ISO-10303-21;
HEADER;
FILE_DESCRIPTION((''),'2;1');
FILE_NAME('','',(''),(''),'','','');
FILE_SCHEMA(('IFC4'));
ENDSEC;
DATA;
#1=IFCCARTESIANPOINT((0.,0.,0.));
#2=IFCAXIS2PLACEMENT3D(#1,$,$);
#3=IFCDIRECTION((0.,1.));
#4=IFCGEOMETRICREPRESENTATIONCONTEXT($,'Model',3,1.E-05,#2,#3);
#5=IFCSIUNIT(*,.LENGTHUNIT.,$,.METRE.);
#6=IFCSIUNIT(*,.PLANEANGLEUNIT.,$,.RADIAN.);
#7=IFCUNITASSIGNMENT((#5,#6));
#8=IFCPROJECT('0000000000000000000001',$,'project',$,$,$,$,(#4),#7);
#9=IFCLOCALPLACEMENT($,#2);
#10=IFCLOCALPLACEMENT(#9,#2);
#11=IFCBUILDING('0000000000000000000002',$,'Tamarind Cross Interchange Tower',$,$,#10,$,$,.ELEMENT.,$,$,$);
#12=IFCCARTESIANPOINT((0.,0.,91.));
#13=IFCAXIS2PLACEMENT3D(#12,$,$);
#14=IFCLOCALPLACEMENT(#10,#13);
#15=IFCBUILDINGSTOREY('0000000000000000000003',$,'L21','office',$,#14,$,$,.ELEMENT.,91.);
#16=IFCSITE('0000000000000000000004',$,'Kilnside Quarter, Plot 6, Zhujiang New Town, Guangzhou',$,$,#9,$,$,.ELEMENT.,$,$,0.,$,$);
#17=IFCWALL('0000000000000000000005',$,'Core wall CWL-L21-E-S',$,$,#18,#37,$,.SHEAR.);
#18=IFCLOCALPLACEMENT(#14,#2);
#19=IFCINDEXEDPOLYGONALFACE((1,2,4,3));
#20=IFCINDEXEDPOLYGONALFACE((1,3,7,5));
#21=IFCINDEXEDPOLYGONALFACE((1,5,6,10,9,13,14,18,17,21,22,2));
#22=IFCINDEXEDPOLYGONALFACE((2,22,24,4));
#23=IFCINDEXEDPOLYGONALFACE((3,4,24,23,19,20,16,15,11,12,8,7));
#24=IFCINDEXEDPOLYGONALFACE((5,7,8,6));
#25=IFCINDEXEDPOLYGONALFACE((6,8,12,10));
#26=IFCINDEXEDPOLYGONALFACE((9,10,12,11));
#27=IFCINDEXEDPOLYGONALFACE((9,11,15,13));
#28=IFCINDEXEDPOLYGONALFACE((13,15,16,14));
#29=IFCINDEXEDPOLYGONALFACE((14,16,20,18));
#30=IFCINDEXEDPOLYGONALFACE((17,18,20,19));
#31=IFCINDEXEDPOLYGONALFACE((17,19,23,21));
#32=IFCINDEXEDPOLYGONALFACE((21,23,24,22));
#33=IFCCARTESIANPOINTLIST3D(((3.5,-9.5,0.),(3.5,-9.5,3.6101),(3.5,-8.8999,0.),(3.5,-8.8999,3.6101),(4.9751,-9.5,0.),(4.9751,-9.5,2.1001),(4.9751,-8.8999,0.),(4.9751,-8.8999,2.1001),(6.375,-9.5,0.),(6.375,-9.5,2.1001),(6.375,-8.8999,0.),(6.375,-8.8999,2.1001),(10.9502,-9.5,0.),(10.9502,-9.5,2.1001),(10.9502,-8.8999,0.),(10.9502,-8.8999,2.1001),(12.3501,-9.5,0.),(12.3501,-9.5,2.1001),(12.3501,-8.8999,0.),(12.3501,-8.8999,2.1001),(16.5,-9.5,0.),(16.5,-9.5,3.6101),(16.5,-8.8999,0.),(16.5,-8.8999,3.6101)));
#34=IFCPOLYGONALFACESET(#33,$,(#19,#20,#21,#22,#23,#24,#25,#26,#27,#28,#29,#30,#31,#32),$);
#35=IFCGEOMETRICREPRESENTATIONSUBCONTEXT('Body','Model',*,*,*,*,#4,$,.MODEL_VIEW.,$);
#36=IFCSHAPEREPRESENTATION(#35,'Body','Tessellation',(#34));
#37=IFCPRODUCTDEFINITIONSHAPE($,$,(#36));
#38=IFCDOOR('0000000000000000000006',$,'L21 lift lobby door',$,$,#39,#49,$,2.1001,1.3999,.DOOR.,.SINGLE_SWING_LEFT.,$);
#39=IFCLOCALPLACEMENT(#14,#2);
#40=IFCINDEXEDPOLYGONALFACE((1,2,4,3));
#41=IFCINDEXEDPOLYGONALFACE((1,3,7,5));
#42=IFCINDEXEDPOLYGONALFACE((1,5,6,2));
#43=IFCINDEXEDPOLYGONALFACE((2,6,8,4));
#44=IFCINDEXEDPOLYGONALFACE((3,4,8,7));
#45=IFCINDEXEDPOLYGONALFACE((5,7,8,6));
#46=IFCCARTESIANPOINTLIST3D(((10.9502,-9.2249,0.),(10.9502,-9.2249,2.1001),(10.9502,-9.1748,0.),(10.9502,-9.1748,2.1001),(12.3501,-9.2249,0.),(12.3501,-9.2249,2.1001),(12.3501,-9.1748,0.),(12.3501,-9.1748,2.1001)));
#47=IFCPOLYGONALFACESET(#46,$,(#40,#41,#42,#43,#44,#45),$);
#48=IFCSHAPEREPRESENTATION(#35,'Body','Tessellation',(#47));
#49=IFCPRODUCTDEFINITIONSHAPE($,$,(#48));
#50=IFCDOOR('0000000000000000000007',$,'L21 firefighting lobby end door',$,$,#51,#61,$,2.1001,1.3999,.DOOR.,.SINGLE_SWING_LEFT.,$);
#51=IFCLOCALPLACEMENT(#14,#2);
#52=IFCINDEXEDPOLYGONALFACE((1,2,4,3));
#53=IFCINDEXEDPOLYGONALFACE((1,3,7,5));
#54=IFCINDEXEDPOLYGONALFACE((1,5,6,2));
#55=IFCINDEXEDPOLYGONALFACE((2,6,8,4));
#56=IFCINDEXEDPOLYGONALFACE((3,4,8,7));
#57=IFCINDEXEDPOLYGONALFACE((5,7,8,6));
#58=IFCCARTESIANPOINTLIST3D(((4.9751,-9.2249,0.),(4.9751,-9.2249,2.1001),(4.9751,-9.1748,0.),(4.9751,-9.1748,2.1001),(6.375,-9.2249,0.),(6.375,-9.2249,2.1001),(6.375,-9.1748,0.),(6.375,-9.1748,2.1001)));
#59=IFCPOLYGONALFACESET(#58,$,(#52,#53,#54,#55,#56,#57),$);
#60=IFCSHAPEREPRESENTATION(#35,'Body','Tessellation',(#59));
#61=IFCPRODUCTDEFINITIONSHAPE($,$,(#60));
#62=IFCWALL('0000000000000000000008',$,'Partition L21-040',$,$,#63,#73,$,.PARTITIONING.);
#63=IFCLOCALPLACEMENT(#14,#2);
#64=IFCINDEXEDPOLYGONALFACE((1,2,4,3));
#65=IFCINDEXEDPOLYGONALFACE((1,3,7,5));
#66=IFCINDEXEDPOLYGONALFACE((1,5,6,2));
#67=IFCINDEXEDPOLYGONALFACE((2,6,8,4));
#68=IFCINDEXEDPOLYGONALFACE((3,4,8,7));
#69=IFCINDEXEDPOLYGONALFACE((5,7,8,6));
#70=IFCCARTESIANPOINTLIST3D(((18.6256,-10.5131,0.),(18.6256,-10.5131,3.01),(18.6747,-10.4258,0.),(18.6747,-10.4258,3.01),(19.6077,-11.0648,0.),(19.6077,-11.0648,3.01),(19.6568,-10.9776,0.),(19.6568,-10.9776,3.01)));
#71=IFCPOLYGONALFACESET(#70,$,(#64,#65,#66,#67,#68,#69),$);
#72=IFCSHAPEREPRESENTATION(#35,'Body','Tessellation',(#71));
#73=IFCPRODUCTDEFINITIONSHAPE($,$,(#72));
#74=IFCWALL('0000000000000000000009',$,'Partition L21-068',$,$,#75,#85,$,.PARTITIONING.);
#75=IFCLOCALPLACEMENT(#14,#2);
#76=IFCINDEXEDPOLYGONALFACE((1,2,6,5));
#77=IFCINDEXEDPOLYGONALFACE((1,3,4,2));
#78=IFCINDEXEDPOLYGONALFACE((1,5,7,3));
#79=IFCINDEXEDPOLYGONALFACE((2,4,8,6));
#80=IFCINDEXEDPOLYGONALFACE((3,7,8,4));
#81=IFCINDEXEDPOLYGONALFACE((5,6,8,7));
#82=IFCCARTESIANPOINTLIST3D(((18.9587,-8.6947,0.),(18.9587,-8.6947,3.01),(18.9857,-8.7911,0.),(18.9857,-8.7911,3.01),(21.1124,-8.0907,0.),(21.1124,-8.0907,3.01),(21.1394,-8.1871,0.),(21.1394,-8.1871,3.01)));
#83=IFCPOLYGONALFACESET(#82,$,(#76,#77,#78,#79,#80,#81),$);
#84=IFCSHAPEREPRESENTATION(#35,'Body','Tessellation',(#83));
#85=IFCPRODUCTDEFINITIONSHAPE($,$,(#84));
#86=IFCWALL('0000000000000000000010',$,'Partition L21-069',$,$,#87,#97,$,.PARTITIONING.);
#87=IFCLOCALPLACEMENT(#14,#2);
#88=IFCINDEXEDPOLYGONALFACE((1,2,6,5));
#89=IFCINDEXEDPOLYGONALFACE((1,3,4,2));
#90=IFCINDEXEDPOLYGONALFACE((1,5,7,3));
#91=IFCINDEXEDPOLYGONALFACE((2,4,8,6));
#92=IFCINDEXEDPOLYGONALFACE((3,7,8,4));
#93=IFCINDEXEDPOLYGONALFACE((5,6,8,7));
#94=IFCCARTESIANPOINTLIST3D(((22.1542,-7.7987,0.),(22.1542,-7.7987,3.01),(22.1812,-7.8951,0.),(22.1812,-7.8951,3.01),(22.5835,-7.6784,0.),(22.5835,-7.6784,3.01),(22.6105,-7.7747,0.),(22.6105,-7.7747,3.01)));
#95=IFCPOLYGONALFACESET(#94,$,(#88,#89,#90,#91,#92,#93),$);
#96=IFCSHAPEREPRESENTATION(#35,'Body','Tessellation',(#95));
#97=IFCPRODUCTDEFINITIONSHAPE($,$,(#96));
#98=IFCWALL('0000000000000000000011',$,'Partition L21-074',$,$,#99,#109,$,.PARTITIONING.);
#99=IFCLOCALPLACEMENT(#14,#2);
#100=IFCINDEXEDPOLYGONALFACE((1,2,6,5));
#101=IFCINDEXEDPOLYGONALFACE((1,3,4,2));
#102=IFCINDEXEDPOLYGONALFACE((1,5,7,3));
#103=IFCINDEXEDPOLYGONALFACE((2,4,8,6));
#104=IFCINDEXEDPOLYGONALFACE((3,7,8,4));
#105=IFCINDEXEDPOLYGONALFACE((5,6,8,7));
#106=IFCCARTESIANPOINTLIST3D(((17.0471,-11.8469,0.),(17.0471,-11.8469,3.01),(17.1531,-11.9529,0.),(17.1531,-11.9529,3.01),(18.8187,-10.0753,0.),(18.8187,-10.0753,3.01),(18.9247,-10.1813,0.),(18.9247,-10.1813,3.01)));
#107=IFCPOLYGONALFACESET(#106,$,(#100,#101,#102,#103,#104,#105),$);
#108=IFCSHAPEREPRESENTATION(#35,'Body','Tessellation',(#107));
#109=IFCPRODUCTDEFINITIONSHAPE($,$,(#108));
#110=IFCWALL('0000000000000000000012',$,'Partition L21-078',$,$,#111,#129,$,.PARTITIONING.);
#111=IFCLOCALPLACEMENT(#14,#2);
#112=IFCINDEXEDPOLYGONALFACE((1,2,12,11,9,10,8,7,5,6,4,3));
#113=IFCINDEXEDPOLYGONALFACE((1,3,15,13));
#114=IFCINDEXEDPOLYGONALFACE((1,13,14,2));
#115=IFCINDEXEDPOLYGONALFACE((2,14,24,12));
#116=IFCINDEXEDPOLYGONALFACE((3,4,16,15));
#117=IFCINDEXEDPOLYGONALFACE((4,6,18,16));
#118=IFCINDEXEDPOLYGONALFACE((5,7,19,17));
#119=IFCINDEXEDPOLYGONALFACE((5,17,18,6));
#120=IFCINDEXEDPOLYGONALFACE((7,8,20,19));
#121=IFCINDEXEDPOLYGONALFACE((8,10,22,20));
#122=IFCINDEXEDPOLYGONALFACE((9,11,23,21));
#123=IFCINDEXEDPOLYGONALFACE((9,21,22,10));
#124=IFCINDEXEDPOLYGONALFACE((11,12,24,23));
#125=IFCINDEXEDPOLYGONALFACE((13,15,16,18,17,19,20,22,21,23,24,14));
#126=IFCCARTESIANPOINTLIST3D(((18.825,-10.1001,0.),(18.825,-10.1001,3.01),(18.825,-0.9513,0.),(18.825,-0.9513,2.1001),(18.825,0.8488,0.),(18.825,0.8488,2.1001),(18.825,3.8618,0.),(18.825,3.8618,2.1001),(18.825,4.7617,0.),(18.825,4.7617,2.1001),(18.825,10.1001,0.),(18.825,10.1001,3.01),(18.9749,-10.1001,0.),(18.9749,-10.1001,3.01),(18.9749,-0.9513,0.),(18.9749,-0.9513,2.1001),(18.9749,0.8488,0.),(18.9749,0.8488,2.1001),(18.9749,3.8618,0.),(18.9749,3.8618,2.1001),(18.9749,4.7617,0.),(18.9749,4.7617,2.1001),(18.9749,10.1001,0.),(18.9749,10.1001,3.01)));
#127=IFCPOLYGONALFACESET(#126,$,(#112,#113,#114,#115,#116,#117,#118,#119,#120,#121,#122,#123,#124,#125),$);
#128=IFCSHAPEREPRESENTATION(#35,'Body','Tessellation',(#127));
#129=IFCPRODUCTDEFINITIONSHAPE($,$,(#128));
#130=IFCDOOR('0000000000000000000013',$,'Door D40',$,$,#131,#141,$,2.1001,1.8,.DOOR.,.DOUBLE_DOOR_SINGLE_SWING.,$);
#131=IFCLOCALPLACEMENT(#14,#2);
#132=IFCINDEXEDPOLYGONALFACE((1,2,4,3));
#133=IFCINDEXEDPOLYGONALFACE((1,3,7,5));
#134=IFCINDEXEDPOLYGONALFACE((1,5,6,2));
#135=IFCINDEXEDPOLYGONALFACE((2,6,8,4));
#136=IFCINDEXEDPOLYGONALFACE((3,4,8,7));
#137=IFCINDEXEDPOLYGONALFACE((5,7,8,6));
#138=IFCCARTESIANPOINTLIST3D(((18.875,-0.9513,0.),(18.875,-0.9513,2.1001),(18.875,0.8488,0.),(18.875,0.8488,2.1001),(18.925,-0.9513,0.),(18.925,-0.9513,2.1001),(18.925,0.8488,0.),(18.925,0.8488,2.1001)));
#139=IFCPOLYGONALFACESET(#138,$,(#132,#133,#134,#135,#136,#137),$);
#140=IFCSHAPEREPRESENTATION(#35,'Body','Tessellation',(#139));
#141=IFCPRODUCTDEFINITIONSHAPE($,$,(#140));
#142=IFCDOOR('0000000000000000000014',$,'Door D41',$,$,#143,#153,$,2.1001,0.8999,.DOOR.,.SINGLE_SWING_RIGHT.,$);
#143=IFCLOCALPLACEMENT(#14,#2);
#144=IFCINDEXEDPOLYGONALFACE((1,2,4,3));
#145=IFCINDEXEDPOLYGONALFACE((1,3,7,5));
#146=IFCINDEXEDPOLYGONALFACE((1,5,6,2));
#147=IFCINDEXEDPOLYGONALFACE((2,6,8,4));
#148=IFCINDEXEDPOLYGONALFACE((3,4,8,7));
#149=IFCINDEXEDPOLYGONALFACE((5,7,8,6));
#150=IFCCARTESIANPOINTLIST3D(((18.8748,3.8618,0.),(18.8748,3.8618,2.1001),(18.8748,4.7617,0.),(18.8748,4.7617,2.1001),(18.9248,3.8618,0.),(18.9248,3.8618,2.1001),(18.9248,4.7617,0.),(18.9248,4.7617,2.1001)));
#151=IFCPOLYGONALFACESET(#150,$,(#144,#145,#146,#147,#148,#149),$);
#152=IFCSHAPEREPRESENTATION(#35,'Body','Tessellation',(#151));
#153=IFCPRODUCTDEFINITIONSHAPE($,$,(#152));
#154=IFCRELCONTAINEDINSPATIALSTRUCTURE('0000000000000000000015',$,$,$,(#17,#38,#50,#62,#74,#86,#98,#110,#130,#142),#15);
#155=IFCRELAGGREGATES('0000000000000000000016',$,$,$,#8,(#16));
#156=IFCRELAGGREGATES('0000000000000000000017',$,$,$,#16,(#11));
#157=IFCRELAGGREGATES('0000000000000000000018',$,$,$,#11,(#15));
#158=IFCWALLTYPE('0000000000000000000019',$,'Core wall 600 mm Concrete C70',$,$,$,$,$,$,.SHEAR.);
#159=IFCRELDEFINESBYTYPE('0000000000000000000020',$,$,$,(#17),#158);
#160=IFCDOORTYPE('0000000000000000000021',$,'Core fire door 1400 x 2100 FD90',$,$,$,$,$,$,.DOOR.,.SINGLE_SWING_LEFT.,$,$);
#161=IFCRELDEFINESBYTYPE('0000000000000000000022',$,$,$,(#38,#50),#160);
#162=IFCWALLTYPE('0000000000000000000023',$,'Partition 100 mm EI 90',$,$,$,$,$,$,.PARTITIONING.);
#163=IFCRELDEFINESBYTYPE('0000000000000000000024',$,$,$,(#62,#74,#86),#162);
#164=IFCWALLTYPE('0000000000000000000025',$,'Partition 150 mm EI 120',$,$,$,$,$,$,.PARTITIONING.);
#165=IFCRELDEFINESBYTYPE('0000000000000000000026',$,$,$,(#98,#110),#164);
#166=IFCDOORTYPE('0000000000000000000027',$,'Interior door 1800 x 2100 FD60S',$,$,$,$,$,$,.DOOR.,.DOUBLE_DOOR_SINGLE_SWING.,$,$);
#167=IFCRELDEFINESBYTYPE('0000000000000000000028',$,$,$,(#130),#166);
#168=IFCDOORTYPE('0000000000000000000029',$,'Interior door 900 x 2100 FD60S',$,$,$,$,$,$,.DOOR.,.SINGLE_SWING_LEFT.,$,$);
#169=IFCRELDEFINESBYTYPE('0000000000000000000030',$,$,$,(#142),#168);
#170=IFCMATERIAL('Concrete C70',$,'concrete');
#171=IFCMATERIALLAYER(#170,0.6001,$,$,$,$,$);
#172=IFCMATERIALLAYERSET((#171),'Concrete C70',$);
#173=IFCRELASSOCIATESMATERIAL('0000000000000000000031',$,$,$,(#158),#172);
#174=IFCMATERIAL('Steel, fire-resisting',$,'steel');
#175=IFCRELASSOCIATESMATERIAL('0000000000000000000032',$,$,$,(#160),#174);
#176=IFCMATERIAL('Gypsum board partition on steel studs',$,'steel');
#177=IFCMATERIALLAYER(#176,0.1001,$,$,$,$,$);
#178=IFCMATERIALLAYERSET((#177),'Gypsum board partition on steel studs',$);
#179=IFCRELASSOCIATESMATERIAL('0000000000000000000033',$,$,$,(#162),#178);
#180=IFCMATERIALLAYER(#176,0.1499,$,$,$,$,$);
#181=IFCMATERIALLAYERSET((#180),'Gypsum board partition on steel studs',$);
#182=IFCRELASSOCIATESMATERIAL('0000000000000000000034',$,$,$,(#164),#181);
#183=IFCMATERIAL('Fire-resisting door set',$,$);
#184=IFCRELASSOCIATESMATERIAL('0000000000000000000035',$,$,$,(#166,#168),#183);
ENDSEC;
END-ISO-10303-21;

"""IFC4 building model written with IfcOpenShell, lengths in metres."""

from ifc_helpers import new_model, si_unit, direction, frame, frame_2d, origin, place, context, subcontext, project, spatial, rectangle, extrude, material, layer, layer_set, type_object, element, fill, save


model = new_model("IFC4")

# Units and contexts
model_context = context("Model", 3, precision=1e-05, world=origin(), true_north=direction((0.0, 1.0)))
body_context = subcontext(model_context, "Body", "Model", "MODEL_VIEW")
ifc_project = project(units=[si_unit("LENGTHUNIT", "METRE"), si_unit("PLANEANGLEUNIT", "RADIAN")], contexts=[model_context])

# Site, building, storey
site_placement = place(None, origin())
site = spatial("IfcSite", under=ifc_project, at=site_placement, Name="Kilnside Quarter, Plot 6, Zhujiang New Town, Guangzhou", CompositionType="ELEMENT", RefElevation=0.0)
building_placement = place(site_placement, origin())
building = spatial("IfcBuilding", under=site, at=building_placement, Name="Tamarind Cross Interchange Tower", CompositionType="ELEMENT")
storey_placement = place(building_placement, frame((0.0, 0.0, 91.0)))
storey = spatial("IfcBuildingStorey", under=building, at=storey_placement, Name="L21", Description="office", CompositionType="ELEMENT", Elevation=91.0)

# Wall, openings, doors
ifc_material_1 = material(Name="Concrete C70", Category="concrete")
ifc_layer_1 = layer(ifc_material_1, 0.6001)
ifc_layer_set_1 = layer_set([ifc_layer_1], Name="Concrete C70")
wall_type_1 = type_object("IfcWallType", Name="Core wall 600 mm Concrete C70", PredefinedType="SHEAR", material=ifc_layer_set_1)
wall_1_placement = place(storey_placement, frame((16.5, -9.2, 0.0), z_axis=(0.0, 0.0, 1.0), x_axis=(-1.0, 0.0, 0.0)))
wall_1 = element("IfcWall", 1, at=wall_1_placement, inside=storey, type_object=wall_type_1, Name="Core wall CWL-L21-E-S", PredefinedType="SHEAR", context=body_context, shape_type="SweptSolid", body=[
    extrude(rectangle(XDim=13.0, YDim=0.6001, at=frame_2d((6.5, 0.0))), origin(), (0.0, 0.0, 1.0), 3.6101),
])
opening_1_placement = place(wall_1_placement, frame((4.1499, 0.0, 0.0)))
opening_1 = element("IfcOpeningElement", 2, at=opening_1_placement, cuts=wall_1, PredefinedType="OPENING", context=body_context, shape_type="SweptSolid", body=[
    extrude(rectangle(XDim=1.3999, YDim=2.1001, at=frame_2d((0.7, 1.05))), frame((0.0, 0.3101, 0.0), z_axis=(0.0, -1.0, 0.0), x_axis=(1.0, 0.0, 0.0)), (0.0, 0.0, 1.0), 0.6201),
])
opening_2_placement = place(wall_1_placement, frame((10.125, 0.0, 0.0)))
opening_2 = element("IfcOpeningElement", 3, at=opening_2_placement, cuts=wall_1, PredefinedType="OPENING", context=body_context, shape_type="SweptSolid", body=[
    extrude(rectangle(XDim=1.3999, YDim=2.1001, at=frame_2d((0.7, 1.05))), frame((0.0, 0.3101, 0.0), z_axis=(0.0, -1.0, 0.0), x_axis=(1.0, 0.0, 0.0)), (0.0, 0.0, 1.0), 0.6201),
])
ifc_material_2 = material(Name="Steel, fire-resisting", Category="steel")
door_type_1 = type_object("IfcDoorType", Name="Core fire door 1400 x 2100 FD90", OperationType="SINGLE_SWING_LEFT", PredefinedType="DOOR", material=ifc_material_2)
door_1_placement = place(opening_1_placement, origin())
door_1 = element("IfcDoor", 4, at=door_1_placement, inside=storey, type_object=door_type_1, Name="L21 lift lobby door", OperationType="SINGLE_SWING_LEFT", OverallHeight=2.1001, OverallWidth=1.3999, PredefinedType="DOOR", context=body_context, shape_type="SweptSolid", body=[
    extrude(rectangle(XDim=1.3999, YDim=2.1001, at=frame_2d((0.7, 1.05))), frame((0.0, 0.0249, 0.0), z_axis=(0.0, -1.0, 0.0), x_axis=(1.0, 0.0, 0.0)), (0.0, 0.0, 1.0), 0.05),
])
fill(opening_1, door_1)
door_2_placement = place(opening_2_placement, origin())
door_2 = element("IfcDoor", 5, at=door_2_placement, inside=storey, type_object=door_type_1, Name="L21 firefighting lobby end door", OperationType="SINGLE_SWING_LEFT", OverallHeight=2.1001, OverallWidth=1.3999, PredefinedType="DOOR", context=body_context, shape_type="SweptSolid", body=[
    extrude(rectangle(XDim=1.3999, YDim=2.1001, at=frame_2d((0.7, 1.05))), frame((0.0, 0.0249, 0.0), z_axis=(0.0, -1.0, 0.0), x_axis=(1.0, 0.0, 0.0)), (0.0, 0.0, 1.0), 0.05),
])
fill(opening_2, door_2)

# Walls
ifc_material_3 = material(Name="Gypsum board partition on steel studs", Category="steel")
ifc_layer_2 = layer(ifc_material_3, 0.1001)
ifc_layer_set_2 = layer_set([ifc_layer_2], Name="Gypsum board partition on steel studs")
wall_type_2 = type_object("IfcWallType", Name="Partition 100 mm EI 90", PredefinedType="PARTITIONING", material=ifc_layer_set_2)
wall_2_placement = place(storey_placement, frame((18.6501, -10.4695, 0.0), z_axis=(0.0, 0.0, 1.0), x_axis=(0.871847, -0.489778, 0.0)))
element("IfcWall", 6, at=wall_2_placement, inside=storey, type_object=wall_type_2, Name="Partition L21-040", PredefinedType="PARTITIONING", context=body_context, shape_type="SweptSolid", body=[
    extrude(rectangle(XDim=1.1265, YDim=0.1001, at=frame_2d((0.5632, 0.0))), origin(), (0.0, 0.0, 1.0), 3.01),
])
wall_3_placement = place(storey_placement, frame((18.9722, -8.7429, 0.0), z_axis=(0.0, 0.0, 1.0), x_axis=(0.962855, 0.270019, 0.0)))
element("IfcWall", 7, at=wall_3_placement, inside=storey, type_object=wall_type_2, Name="Partition L21-068", PredefinedType="PARTITIONING", context=body_context, shape_type="SweptSolid", body=[
    extrude(rectangle(XDim=2.2368, YDim=0.1001, at=frame_2d((1.1184, 0.0))), origin(), (0.0, 0.0, 1.0), 3.01),
])
wall_4_placement = place(storey_placement, frame((22.1677, -7.8469, 0.0), z_axis=(0.0, 0.0, 1.0), x_axis=(0.962856, 0.270016, 0.0)))
element("IfcWall", 8, at=wall_4_placement, inside=storey, type_object=wall_type_2, Name="Partition L21-069", PredefinedType="PARTITIONING", context=body_context, shape_type="SweptSolid", body=[
    extrude(rectangle(XDim=0.4458, YDim=0.1001, at=frame_2d((0.2229, 0.0))), origin(), (0.0, 0.0, 1.0), 3.01),
])
ifc_layer_3 = layer(ifc_material_3, 0.1499)
ifc_layer_set_3 = layer_set([ifc_layer_3], Name="Gypsum board partition on steel studs")
wall_type_3 = type_object("IfcWallType", Name="Partition 150 mm EI 120", PredefinedType="PARTITIONING", material=ifc_layer_set_3)
wall_5_placement = place(storey_placement, frame((17.1001, -11.8999, 0.0), z_axis=(0.0, 0.0, 1.0), x_axis=(0.707107, 0.707107, 0.0)))
element("IfcWall", 9, at=wall_5_placement, inside=storey, type_object=wall_type_3, Name="Partition L21-074", PredefinedType="PARTITIONING", context=body_context, shape_type="SweptSolid", body=[
    extrude(rectangle(XDim=2.5054, YDim=0.1499, at=frame_2d((1.2527, 0.0))), origin(), (0.0, 0.0, 1.0), 3.01),
])

# Wall, openings, doors
wall_6_placement = place(storey_placement, frame((18.8999, -10.1001, 0.0), z_axis=(0.0, 0.0, 1.0), x_axis=(0.0, 1.0, 0.0)))
wall_6 = element("IfcWall", 10, at=wall_6_placement, inside=storey, type_object=wall_type_3, Name="Partition L21-078", PredefinedType="PARTITIONING", context=body_context, shape_type="SweptSolid", body=[
    extrude(rectangle(XDim=20.2002, YDim=0.1499, at=frame_2d((10.1001, 0.0))), origin(), (0.0, 0.0, 1.0), 3.01),
])
opening_3_placement = place(wall_6_placement, frame((9.1489, 0.0, 0.0)))
opening_3 = element("IfcOpeningElement", 11, at=opening_3_placement, cuts=wall_6, PredefinedType="OPENING", context=body_context, shape_type="SweptSolid", body=[
    extrude(rectangle(XDim=1.8, YDim=2.1001, at=frame_2d((0.8999, 1.05))), frame((0.0, 0.085, 0.0), z_axis=(0.0, -1.0, 0.0), x_axis=(1.0, 0.0, 0.0)), (0.0, 0.0, 1.0), 0.1699),
])
opening_4_placement = place(wall_6_placement, frame((13.9619, 0.0, 0.0)))
opening_4 = element("IfcOpeningElement", 12, at=opening_4_placement, cuts=wall_6, PredefinedType="OPENING", context=body_context, shape_type="SweptSolid", body=[
    extrude(rectangle(XDim=0.8999, YDim=2.1001, at=frame_2d((0.45, 1.05))), frame((0.0, 0.085, 0.0), z_axis=(0.0, -1.0, 0.0), x_axis=(1.0, 0.0, 0.0)), (0.0, 0.0, 1.0), 0.1699),
])
ifc_material_4 = material(Name="Fire-resisting door set")
door_type_2 = type_object("IfcDoorType", Name="Interior door 1800 x 2100 FD60S", OperationType="DOUBLE_DOOR_SINGLE_SWING", PredefinedType="DOOR", material=ifc_material_4)
door_3_placement = place(opening_3_placement, origin())
door_3 = element("IfcDoor", 13, at=door_3_placement, inside=storey, type_object=door_type_2, Name="Door D40", OperationType="DOUBLE_DOOR_SINGLE_SWING", OverallHeight=2.1001, OverallWidth=1.8, PredefinedType="DOOR", context=body_context, shape_type="SweptSolid", body=[
    extrude(rectangle(XDim=1.8, YDim=2.1001, at=frame_2d((0.8999, 1.05))), frame((0.0, 0.0249, 0.0), z_axis=(0.0, -1.0, 0.0), x_axis=(1.0, 0.0, 0.0)), (0.0, 0.0, 1.0), 0.05),
])
fill(opening_3, door_3)
door_type_3 = type_object("IfcDoorType", Name="Interior door 900 x 2100 FD60S", OperationType="SINGLE_SWING_LEFT", PredefinedType="DOOR", material=ifc_material_4)
door_4_placement = place(opening_4_placement, frame((0.8999, 0.0, 0.0), z_axis=(0.0, 0.0, 1.0), x_axis=(-1.0, 0.0, 0.0)))
door_4 = element("IfcDoor", 14, at=door_4_placement, inside=storey, type_object=door_type_3, Name="Door D41", OperationType="SINGLE_SWING_RIGHT", OverallHeight=2.1001, OverallWidth=0.8999, PredefinedType="DOOR", context=body_context, shape_type="SweptSolid", body=[
    extrude(rectangle(XDim=0.8999, YDim=2.1001, at=frame_2d((0.45, 1.05))), frame((0.0, 0.0249, 0.0), z_axis=(0.0, -1.0, 0.0), x_axis=(1.0, 0.0, 0.0)), (0.0, 0.0, 1.0), 0.05),
])
fill(opening_4, door_4)

save(model, "model.ifc")
